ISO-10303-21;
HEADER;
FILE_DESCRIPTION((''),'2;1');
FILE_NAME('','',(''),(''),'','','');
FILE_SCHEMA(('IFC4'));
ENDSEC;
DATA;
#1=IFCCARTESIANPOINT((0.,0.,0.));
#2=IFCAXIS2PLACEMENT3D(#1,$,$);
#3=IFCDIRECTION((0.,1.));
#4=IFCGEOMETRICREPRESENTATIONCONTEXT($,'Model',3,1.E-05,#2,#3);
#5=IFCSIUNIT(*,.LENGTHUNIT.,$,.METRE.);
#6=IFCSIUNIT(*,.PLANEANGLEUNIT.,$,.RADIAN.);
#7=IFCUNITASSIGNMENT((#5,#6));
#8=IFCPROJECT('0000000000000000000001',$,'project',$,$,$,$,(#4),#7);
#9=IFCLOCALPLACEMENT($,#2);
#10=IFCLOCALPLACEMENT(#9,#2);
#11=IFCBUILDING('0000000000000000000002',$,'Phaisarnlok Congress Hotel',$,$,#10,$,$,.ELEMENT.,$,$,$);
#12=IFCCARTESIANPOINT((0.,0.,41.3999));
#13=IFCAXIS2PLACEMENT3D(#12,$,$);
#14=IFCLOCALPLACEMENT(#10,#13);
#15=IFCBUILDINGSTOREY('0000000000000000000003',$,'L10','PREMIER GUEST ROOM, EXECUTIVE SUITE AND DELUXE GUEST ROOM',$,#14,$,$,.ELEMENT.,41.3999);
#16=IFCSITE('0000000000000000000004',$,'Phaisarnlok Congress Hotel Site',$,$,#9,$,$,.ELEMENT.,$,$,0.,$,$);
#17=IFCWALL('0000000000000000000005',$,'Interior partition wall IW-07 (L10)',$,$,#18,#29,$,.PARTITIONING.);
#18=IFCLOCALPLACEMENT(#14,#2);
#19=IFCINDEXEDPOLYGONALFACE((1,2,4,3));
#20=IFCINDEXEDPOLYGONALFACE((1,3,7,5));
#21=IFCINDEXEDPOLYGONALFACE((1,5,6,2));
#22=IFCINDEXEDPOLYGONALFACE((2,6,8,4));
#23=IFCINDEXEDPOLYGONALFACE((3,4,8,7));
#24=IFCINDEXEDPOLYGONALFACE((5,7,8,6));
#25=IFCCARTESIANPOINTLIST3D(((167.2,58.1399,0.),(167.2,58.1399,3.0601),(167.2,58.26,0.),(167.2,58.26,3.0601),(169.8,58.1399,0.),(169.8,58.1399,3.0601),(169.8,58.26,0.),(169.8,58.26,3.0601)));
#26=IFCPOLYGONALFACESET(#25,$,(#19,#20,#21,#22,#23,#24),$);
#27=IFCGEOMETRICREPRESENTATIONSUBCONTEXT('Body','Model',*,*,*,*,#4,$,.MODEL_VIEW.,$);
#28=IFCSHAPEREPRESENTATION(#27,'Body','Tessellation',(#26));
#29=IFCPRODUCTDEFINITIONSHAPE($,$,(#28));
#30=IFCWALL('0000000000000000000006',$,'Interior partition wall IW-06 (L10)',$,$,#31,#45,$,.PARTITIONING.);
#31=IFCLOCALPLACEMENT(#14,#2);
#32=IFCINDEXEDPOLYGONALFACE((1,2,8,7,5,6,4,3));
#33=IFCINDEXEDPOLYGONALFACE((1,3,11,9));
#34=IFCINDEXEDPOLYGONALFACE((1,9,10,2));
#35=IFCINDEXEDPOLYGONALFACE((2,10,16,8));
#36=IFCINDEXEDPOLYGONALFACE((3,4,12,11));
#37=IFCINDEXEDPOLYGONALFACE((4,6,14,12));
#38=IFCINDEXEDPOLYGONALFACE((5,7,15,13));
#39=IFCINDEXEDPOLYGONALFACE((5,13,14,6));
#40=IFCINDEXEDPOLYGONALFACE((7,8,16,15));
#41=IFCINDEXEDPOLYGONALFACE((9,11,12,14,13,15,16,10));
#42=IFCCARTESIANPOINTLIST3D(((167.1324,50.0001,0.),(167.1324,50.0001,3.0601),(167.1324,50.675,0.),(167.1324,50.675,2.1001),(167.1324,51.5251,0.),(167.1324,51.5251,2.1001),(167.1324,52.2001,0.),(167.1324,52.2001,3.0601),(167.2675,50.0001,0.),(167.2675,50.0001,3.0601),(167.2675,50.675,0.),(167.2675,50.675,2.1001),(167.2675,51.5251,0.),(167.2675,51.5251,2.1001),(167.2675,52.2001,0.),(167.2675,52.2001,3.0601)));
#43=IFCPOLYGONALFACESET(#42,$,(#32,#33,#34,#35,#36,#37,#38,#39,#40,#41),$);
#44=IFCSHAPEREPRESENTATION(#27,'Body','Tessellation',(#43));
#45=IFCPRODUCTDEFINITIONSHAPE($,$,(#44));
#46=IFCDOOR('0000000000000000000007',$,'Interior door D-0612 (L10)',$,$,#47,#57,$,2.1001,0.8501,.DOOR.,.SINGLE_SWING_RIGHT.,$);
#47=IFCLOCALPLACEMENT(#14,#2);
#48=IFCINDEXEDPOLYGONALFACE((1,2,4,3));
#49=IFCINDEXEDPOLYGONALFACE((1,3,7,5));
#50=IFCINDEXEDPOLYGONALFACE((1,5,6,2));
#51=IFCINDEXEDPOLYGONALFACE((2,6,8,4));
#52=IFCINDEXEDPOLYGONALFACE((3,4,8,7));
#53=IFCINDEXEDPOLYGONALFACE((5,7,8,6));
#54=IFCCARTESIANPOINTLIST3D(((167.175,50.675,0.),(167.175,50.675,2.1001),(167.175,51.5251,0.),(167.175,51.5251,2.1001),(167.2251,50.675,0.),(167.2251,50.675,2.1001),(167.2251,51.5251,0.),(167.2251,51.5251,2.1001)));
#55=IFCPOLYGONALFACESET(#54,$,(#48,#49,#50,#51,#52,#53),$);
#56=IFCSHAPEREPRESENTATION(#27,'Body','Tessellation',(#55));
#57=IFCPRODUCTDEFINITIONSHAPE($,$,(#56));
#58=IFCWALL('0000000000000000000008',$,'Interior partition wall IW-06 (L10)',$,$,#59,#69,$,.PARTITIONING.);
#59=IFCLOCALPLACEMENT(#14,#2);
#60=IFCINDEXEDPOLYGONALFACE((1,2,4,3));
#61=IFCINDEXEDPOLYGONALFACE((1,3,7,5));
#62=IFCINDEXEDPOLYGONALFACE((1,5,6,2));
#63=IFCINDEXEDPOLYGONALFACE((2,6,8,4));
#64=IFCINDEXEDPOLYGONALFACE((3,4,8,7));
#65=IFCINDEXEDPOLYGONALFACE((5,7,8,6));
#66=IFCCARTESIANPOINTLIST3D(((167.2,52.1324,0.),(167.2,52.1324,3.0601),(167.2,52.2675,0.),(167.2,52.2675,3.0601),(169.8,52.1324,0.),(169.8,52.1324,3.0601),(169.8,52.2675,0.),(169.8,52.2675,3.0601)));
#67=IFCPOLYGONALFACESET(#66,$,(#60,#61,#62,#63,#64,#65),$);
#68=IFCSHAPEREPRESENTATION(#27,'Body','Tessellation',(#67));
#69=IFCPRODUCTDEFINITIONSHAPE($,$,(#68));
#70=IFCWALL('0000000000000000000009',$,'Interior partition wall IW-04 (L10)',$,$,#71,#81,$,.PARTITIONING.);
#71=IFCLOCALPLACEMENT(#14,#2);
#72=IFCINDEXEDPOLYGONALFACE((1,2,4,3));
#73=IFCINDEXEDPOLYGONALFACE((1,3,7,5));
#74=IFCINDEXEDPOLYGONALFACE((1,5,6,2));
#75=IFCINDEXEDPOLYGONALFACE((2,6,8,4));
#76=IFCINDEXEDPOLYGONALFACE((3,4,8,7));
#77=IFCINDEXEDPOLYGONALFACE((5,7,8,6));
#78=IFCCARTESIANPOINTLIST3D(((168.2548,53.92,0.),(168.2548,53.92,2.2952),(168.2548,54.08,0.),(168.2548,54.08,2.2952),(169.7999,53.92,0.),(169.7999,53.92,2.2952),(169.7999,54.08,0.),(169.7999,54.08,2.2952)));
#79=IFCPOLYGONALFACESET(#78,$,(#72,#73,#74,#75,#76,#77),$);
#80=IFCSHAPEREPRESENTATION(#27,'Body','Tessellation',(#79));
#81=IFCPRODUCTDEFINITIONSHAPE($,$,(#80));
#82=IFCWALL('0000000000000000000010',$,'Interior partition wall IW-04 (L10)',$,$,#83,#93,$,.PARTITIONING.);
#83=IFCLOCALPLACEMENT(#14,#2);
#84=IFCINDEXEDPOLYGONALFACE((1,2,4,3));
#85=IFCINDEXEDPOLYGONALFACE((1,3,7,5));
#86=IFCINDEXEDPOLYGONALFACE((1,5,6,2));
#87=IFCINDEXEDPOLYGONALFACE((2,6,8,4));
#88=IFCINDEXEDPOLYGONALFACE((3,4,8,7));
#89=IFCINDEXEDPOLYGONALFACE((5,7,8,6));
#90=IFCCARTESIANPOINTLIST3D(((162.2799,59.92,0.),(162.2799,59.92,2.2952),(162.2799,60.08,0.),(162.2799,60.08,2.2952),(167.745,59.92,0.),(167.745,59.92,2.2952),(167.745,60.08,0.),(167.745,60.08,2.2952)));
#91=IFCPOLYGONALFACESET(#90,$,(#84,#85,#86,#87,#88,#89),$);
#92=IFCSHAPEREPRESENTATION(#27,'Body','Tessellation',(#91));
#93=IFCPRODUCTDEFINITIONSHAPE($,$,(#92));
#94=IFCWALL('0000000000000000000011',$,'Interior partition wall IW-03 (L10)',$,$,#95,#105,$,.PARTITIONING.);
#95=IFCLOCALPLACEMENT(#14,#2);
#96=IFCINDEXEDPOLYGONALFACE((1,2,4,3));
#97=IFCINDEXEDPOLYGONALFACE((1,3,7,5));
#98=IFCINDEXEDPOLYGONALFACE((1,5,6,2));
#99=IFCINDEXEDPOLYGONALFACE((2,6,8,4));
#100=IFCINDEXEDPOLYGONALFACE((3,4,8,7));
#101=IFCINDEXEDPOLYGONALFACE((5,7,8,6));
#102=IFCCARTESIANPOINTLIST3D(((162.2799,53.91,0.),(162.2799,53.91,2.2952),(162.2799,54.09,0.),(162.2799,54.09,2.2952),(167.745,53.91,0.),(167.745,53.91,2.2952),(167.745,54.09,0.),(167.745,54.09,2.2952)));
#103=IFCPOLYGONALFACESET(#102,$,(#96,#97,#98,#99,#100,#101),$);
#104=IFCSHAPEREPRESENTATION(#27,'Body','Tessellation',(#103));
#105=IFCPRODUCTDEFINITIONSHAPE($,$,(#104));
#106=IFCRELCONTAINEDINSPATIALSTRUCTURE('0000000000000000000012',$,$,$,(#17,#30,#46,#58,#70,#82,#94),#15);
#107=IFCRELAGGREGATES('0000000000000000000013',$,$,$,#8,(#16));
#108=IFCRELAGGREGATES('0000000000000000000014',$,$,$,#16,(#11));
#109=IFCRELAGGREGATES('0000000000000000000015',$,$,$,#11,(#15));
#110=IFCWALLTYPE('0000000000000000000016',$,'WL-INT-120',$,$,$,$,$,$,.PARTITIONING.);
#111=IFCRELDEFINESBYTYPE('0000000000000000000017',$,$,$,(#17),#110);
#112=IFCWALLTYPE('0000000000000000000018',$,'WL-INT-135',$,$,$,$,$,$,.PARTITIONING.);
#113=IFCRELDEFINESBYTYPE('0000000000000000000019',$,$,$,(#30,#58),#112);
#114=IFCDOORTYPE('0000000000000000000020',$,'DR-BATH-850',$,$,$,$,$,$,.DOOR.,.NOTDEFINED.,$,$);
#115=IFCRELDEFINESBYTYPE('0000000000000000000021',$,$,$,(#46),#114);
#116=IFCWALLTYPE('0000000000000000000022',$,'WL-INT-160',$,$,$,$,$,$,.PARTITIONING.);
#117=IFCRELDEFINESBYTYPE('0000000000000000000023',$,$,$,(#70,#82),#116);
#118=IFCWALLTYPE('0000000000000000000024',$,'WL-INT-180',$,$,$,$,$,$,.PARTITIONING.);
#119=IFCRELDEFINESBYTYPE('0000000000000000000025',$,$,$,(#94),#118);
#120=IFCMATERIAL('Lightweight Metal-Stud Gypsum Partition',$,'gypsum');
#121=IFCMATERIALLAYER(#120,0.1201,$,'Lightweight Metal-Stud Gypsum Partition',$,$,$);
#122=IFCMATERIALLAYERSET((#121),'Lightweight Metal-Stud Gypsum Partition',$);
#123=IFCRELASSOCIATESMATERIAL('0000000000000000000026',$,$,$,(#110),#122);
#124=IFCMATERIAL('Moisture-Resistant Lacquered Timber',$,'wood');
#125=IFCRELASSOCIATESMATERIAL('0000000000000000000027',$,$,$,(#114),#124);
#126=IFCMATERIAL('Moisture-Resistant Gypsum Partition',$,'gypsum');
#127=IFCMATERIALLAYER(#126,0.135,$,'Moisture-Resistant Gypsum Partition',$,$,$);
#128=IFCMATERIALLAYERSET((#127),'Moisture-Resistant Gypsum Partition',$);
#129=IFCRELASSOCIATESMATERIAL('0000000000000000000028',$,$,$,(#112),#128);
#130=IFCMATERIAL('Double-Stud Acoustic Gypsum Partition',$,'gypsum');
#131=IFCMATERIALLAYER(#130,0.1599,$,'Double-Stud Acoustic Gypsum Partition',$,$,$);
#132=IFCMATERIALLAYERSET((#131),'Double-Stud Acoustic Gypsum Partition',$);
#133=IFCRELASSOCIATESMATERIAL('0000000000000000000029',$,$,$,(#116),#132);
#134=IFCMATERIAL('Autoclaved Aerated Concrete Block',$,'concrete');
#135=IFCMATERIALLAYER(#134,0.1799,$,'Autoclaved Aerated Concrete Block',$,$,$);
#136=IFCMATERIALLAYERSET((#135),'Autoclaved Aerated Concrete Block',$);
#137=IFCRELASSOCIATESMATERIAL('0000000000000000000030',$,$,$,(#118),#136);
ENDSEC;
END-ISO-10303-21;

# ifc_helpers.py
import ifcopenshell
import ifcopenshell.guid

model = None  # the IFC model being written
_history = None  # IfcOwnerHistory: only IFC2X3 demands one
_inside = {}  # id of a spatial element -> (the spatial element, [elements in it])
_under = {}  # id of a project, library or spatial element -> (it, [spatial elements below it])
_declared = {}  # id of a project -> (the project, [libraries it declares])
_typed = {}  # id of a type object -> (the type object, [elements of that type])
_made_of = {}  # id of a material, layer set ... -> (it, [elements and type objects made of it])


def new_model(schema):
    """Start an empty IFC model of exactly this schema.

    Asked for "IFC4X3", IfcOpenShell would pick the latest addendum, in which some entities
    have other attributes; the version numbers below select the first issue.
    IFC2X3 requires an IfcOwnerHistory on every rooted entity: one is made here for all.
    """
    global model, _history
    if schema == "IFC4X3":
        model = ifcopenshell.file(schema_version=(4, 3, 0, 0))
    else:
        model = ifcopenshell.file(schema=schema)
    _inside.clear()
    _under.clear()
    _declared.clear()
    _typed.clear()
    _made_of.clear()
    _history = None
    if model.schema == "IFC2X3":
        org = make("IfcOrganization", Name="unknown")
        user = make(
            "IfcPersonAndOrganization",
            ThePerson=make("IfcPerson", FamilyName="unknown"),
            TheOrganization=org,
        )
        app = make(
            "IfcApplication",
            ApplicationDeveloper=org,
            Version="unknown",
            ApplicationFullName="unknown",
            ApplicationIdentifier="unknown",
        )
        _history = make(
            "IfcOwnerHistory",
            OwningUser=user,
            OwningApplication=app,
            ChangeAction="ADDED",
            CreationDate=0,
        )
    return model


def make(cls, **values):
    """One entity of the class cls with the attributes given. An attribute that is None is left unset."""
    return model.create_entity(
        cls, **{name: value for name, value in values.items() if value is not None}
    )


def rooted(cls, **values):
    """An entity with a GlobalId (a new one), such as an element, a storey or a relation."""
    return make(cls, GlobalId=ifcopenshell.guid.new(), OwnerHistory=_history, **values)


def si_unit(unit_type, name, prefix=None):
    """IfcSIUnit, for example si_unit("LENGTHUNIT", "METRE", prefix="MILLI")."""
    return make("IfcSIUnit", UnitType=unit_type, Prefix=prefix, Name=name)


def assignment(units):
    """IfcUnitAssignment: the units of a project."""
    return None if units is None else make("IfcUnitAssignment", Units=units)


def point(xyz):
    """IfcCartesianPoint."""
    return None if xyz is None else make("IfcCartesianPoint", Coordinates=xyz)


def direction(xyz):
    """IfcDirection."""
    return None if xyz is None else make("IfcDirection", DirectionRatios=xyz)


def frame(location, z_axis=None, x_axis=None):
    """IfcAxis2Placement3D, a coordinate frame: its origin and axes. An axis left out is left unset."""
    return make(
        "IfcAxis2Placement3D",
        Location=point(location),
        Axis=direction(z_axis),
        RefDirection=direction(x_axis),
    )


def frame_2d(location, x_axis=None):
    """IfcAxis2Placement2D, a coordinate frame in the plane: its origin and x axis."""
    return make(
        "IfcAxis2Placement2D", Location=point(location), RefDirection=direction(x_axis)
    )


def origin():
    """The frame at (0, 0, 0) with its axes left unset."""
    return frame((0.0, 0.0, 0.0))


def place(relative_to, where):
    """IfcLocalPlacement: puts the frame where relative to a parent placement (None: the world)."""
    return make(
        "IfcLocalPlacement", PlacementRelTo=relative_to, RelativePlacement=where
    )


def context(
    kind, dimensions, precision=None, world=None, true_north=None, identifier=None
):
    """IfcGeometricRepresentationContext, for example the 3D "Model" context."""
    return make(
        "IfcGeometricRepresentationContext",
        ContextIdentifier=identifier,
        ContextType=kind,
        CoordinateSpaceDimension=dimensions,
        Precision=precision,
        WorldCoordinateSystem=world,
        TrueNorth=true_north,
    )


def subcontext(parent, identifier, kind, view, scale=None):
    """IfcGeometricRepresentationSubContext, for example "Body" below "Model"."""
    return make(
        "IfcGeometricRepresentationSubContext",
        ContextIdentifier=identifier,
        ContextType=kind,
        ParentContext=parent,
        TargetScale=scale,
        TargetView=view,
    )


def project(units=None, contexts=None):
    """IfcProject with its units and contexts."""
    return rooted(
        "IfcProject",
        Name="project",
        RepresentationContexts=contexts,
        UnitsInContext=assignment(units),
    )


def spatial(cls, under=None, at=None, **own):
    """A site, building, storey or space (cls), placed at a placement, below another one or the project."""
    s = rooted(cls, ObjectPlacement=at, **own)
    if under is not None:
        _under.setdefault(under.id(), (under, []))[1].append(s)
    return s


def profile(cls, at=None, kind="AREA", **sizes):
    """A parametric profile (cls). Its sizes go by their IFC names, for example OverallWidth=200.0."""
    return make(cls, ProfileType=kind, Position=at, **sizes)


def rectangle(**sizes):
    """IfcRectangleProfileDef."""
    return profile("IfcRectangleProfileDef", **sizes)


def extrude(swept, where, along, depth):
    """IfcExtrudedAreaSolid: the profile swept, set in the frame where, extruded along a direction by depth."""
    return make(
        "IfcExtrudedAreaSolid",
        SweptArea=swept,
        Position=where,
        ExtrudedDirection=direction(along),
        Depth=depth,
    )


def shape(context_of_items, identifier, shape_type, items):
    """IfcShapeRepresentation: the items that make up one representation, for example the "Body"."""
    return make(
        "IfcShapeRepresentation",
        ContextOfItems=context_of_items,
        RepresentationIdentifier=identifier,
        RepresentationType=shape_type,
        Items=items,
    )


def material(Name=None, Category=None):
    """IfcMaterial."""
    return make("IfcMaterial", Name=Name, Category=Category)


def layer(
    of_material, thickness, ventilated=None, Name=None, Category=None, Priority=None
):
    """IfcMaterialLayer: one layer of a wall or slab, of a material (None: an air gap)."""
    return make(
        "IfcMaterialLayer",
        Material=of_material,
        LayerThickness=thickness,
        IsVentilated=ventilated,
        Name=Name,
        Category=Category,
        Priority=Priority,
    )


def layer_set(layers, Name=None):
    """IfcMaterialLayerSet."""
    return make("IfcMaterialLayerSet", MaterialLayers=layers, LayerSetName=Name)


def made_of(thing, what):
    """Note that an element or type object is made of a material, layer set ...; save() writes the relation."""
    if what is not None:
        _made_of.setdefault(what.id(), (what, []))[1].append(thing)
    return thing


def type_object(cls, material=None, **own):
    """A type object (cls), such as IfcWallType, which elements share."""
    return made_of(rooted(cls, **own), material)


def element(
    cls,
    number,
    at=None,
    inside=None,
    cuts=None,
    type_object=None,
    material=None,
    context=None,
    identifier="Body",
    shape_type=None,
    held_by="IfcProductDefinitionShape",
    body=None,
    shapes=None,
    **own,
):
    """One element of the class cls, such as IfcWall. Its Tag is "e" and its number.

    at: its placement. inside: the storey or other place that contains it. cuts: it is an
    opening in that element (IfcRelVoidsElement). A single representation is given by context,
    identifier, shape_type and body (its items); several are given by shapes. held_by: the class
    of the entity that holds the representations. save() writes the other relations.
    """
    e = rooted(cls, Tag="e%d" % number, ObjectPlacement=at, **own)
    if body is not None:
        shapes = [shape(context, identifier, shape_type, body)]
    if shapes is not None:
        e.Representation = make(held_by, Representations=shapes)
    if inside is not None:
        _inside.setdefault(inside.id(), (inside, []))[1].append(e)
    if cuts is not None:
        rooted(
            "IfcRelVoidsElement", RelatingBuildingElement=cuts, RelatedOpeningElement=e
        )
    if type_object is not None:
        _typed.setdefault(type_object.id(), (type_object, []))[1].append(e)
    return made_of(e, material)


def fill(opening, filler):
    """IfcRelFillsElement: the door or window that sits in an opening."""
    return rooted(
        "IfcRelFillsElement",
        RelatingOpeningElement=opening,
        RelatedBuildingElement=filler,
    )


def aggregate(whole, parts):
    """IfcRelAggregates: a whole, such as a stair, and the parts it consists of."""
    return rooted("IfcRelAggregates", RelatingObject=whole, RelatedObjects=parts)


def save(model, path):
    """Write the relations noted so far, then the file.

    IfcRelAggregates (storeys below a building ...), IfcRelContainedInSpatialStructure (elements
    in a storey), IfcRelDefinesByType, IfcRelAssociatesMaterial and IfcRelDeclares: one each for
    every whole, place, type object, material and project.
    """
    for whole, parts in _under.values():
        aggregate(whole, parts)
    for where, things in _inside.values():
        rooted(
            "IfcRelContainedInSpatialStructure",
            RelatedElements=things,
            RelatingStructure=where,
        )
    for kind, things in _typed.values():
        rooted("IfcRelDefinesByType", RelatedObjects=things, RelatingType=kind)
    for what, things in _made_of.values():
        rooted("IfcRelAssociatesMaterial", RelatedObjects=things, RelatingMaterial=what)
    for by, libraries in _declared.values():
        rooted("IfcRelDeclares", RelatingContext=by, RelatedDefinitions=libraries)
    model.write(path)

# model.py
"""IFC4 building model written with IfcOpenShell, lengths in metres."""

from ifc_helpers import new_model, si_unit, direction, frame, frame_2d, origin, place, context, subcontext, project, spatial, rectangle, extrude, material, layer, layer_set, type_object, element, fill, save


model = new_model("IFC4")

# Units and contexts
model_context = context("Model", 3, precision=1e-05, world=origin(), true_north=direction((0.0, 1.0)))
body_context = subcontext(model_context, "Body", "Model", "MODEL_VIEW")
ifc_project = project(units=[si_unit("LENGTHUNIT", "METRE"), si_unit("PLANEANGLEUNIT", "RADIAN")], contexts=[model_context])

# Site, building, storey
site_placement = place(None, origin())
site = spatial("IfcSite", under=ifc_project, at=site_placement, Name="Phaisarnlok Congress Hotel Site", CompositionType="ELEMENT", RefElevation=0.0)
building_placement = place(site_placement, origin())
building = spatial("IfcBuilding", under=site, at=building_placement, Name="Phaisarnlok Congress Hotel", CompositionType="ELEMENT")
storey_placement = place(building_placement, frame((0.0, 0.0, 41.3999)))
storey = spatial("IfcBuildingStorey", under=building, at=storey_placement, Name="L10", Description="PREMIER GUEST ROOM, EXECUTIVE SUITE AND DELUXE GUEST ROOM", CompositionType="ELEMENT", Elevation=41.3999)

# Shared definitions
ifc_material_1 = material(Name="Lightweight Metal-Stud Gypsum Partition", Category="gypsum")
ifc_layer_1 = layer(ifc_material_1, 0.1201, Name="Lightweight Metal-Stud Gypsum Partition")
ifc_layer_set_1 = layer_set([ifc_layer_1], Name="Lightweight Metal-Stud Gypsum Partition")
wall_type_1 = type_object("IfcWallType", Name="WL-INT-120", PredefinedType="PARTITIONING", material=ifc_layer_set_1)
ifc_material_2 = material(Name="Moisture-Resistant Lacquered Timber", Category="wood")
door_type = type_object("IfcDoorType", Name="DR-BATH-850", OperationType="NOTDEFINED", PredefinedType="DOOR", material=ifc_material_2)

# Wall
for number, where, z_axis, x_axis, name in (
    (1, (167.2, 58.2, 0.0), (0.0, 0.0, 1.0), (1.0, 0.0, 0.0), "Interior partition wall IW-07 (L10)"),
):
    element("IfcWall", number, at=place(storey_placement, frame(where, z_axis=z_axis, x_axis=x_axis)), inside=storey, type_object=wall_type_1, Name=name, PredefinedType="PARTITIONING", context=body_context, shape_type="SweptSolid", body=[
        extrude(rectangle(XDim=2.6001, YDim=0.1201, at=frame_2d((1.3, 0.0))), origin(), (0.0, 0.0, 1.0), 3.0601),
    ])

# Wall, opening, door
ifc_material_3 = material(Name="Moisture-Resistant Gypsum Partition", Category="gypsum")
ifc_layer_2 = layer(ifc_material_3, 0.135, Name="Moisture-Resistant Gypsum Partition")
ifc_layer_set_2 = layer_set([ifc_layer_2], Name="Moisture-Resistant Gypsum Partition")
wall_type_2 = type_object("IfcWallType", Name="WL-INT-135", PredefinedType="PARTITIONING", material=ifc_layer_set_2)
wall_1_placement = place(storey_placement, frame((167.2, 50.0, 0.0), z_axis=(0.0, 0.0, 1.0), x_axis=(0.0, 1.0, 0.0)))
wall_1 = element("IfcWall", 2, at=wall_1_placement, inside=storey, type_object=wall_type_2, Name="Interior partition wall IW-06 (L10)", PredefinedType="PARTITIONING", context=body_context, shape_type="SweptSolid", body=[
    extrude(rectangle(XDim=2.2, YDim=0.135, at=frame_2d((1.1001, 0.0))), origin(), (0.0, 0.0, 1.0), 3.0601),
])
opening_1_placement = place(wall_1_placement, frame((0.675, 0.0, 0.0)))
opening_1 = element("IfcOpeningElement", 3, at=opening_1_placement, cuts=wall_1, PredefinedType="OPENING", context=body_context, shape_type="SweptSolid", body=[
    extrude(rectangle(XDim=0.8501, YDim=2.1001, at=frame_2d((0.425, 1.05))), frame((0.0, 0.0776, 0.0), z_axis=(0.0, -1.0, 0.0), x_axis=(1.0, 0.0, 0.0)), (0.0, 0.0, 1.0), 0.155),
])
door_1_placement = place(opening_1_placement, origin())
door_1 = element("IfcDoor", 4, at=door_1_placement, inside=storey, type_object=door_type, Name="Interior door D-0612 (L10)", OperationType="SINGLE_SWING_RIGHT", OverallHeight=2.1001, OverallWidth=0.8501, PredefinedType="DOOR", context=body_context, shape_type="SweptSolid", body=[
    extrude(rectangle(XDim=0.8501, YDim=2.1001, at=frame_2d((0.425, 1.05))), frame((0.0, 0.0249, 0.0), z_axis=(0.0, -1.0, 0.0), x_axis=(1.0, 0.0, 0.0)), (0.0, 0.0, 1.0), 0.05),
])
fill(opening_1, door_1)

# Walls
wall_2_placement = place(storey_placement, frame((167.2, 52.2, 0.0), z_axis=(0.0, 0.0, 1.0), x_axis=(1.0, 0.0, 0.0)))
element("IfcWall", 5, at=wall_2_placement, inside=storey, type_object=wall_type_2, Name="Interior partition wall IW-06 (L10)", PredefinedType="PARTITIONING", context=body_context, shape_type="SweptSolid", body=[
    extrude(rectangle(XDim=2.6001, YDim=0.135, at=frame_2d((1.3, 0.0))), origin(), (0.0, 0.0, 1.0), 3.0601),
])
ifc_material_4 = material(Name="Double-Stud Acoustic Gypsum Partition", Category="gypsum")
ifc_layer_3 = layer(ifc_material_4, 0.1599, Name="Double-Stud Acoustic Gypsum Partition")
ifc_layer_set_3 = layer_set([ifc_layer_3], Name="Double-Stud Acoustic Gypsum Partition")
wall_type_3 = type_object("IfcWallType", Name="WL-INT-160", PredefinedType="PARTITIONING", material=ifc_layer_set_3)
wall_3_placement = place(storey_placement, frame((168.2549, 54.0, 0.0), z_axis=(0.0, 0.0, 1.0), x_axis=(1.0, 0.0, 0.0)))
element("IfcWall", 6, at=wall_3_placement, inside=storey, type_object=wall_type_3, Name="Interior partition wall IW-04 (L10)", PredefinedType="PARTITIONING", context=body_context, shape_type="SweptSolid", body=[
    extrude(rectangle(XDim=1.5452, YDim=0.1599, at=frame_2d((0.7725, 0.0))), origin(), (0.0, 0.0, 1.0), 2.2952),
])
wall_4_placement = place(storey_placement, frame((162.28, 60.0, 0.0), z_axis=(0.0, 0.0, 1.0), x_axis=(1.0, 0.0, 0.0)))
element("IfcWall", 7, at=wall_4_placement, inside=storey, type_object=wall_type_3, Name="Interior partition wall IW-04 (L10)", PredefinedType="PARTITIONING", context=body_context, shape_type="SweptSolid", body=[
    extrude(rectangle(XDim=5.4651, YDim=0.1599, at=frame_2d((2.7324, 0.0))), origin(), (0.0, 0.0, 1.0), 2.2952),
])
ifc_material_5 = material(Name="Autoclaved Aerated Concrete Block", Category="concrete")
ifc_layer_4 = layer(ifc_material_5, 0.1799, Name="Autoclaved Aerated Concrete Block")
ifc_layer_set_4 = layer_set([ifc_layer_4], Name="Autoclaved Aerated Concrete Block")
wall_type_4 = type_object("IfcWallType", Name="WL-INT-180", PredefinedType="PARTITIONING", material=ifc_layer_set_4)
wall_5_placement = place(storey_placement, frame((162.28, 54.0, 0.0), z_axis=(0.0, 0.0, 1.0), x_axis=(1.0, 0.0, 0.0)))
element("IfcWall", 8, at=wall_5_placement, inside=storey, type_object=wall_type_4, Name="Interior partition wall IW-03 (L10)", PredefinedType="PARTITIONING", context=body_context, shape_type="SweptSolid", body=[
    extrude(rectangle(XDim=5.4651, YDim=0.1799, at=frame_2d((2.7324, 0.0))), origin(), (0.0, 0.0, 1.0), 2.2952),
])

save(model, "model.ifc")
